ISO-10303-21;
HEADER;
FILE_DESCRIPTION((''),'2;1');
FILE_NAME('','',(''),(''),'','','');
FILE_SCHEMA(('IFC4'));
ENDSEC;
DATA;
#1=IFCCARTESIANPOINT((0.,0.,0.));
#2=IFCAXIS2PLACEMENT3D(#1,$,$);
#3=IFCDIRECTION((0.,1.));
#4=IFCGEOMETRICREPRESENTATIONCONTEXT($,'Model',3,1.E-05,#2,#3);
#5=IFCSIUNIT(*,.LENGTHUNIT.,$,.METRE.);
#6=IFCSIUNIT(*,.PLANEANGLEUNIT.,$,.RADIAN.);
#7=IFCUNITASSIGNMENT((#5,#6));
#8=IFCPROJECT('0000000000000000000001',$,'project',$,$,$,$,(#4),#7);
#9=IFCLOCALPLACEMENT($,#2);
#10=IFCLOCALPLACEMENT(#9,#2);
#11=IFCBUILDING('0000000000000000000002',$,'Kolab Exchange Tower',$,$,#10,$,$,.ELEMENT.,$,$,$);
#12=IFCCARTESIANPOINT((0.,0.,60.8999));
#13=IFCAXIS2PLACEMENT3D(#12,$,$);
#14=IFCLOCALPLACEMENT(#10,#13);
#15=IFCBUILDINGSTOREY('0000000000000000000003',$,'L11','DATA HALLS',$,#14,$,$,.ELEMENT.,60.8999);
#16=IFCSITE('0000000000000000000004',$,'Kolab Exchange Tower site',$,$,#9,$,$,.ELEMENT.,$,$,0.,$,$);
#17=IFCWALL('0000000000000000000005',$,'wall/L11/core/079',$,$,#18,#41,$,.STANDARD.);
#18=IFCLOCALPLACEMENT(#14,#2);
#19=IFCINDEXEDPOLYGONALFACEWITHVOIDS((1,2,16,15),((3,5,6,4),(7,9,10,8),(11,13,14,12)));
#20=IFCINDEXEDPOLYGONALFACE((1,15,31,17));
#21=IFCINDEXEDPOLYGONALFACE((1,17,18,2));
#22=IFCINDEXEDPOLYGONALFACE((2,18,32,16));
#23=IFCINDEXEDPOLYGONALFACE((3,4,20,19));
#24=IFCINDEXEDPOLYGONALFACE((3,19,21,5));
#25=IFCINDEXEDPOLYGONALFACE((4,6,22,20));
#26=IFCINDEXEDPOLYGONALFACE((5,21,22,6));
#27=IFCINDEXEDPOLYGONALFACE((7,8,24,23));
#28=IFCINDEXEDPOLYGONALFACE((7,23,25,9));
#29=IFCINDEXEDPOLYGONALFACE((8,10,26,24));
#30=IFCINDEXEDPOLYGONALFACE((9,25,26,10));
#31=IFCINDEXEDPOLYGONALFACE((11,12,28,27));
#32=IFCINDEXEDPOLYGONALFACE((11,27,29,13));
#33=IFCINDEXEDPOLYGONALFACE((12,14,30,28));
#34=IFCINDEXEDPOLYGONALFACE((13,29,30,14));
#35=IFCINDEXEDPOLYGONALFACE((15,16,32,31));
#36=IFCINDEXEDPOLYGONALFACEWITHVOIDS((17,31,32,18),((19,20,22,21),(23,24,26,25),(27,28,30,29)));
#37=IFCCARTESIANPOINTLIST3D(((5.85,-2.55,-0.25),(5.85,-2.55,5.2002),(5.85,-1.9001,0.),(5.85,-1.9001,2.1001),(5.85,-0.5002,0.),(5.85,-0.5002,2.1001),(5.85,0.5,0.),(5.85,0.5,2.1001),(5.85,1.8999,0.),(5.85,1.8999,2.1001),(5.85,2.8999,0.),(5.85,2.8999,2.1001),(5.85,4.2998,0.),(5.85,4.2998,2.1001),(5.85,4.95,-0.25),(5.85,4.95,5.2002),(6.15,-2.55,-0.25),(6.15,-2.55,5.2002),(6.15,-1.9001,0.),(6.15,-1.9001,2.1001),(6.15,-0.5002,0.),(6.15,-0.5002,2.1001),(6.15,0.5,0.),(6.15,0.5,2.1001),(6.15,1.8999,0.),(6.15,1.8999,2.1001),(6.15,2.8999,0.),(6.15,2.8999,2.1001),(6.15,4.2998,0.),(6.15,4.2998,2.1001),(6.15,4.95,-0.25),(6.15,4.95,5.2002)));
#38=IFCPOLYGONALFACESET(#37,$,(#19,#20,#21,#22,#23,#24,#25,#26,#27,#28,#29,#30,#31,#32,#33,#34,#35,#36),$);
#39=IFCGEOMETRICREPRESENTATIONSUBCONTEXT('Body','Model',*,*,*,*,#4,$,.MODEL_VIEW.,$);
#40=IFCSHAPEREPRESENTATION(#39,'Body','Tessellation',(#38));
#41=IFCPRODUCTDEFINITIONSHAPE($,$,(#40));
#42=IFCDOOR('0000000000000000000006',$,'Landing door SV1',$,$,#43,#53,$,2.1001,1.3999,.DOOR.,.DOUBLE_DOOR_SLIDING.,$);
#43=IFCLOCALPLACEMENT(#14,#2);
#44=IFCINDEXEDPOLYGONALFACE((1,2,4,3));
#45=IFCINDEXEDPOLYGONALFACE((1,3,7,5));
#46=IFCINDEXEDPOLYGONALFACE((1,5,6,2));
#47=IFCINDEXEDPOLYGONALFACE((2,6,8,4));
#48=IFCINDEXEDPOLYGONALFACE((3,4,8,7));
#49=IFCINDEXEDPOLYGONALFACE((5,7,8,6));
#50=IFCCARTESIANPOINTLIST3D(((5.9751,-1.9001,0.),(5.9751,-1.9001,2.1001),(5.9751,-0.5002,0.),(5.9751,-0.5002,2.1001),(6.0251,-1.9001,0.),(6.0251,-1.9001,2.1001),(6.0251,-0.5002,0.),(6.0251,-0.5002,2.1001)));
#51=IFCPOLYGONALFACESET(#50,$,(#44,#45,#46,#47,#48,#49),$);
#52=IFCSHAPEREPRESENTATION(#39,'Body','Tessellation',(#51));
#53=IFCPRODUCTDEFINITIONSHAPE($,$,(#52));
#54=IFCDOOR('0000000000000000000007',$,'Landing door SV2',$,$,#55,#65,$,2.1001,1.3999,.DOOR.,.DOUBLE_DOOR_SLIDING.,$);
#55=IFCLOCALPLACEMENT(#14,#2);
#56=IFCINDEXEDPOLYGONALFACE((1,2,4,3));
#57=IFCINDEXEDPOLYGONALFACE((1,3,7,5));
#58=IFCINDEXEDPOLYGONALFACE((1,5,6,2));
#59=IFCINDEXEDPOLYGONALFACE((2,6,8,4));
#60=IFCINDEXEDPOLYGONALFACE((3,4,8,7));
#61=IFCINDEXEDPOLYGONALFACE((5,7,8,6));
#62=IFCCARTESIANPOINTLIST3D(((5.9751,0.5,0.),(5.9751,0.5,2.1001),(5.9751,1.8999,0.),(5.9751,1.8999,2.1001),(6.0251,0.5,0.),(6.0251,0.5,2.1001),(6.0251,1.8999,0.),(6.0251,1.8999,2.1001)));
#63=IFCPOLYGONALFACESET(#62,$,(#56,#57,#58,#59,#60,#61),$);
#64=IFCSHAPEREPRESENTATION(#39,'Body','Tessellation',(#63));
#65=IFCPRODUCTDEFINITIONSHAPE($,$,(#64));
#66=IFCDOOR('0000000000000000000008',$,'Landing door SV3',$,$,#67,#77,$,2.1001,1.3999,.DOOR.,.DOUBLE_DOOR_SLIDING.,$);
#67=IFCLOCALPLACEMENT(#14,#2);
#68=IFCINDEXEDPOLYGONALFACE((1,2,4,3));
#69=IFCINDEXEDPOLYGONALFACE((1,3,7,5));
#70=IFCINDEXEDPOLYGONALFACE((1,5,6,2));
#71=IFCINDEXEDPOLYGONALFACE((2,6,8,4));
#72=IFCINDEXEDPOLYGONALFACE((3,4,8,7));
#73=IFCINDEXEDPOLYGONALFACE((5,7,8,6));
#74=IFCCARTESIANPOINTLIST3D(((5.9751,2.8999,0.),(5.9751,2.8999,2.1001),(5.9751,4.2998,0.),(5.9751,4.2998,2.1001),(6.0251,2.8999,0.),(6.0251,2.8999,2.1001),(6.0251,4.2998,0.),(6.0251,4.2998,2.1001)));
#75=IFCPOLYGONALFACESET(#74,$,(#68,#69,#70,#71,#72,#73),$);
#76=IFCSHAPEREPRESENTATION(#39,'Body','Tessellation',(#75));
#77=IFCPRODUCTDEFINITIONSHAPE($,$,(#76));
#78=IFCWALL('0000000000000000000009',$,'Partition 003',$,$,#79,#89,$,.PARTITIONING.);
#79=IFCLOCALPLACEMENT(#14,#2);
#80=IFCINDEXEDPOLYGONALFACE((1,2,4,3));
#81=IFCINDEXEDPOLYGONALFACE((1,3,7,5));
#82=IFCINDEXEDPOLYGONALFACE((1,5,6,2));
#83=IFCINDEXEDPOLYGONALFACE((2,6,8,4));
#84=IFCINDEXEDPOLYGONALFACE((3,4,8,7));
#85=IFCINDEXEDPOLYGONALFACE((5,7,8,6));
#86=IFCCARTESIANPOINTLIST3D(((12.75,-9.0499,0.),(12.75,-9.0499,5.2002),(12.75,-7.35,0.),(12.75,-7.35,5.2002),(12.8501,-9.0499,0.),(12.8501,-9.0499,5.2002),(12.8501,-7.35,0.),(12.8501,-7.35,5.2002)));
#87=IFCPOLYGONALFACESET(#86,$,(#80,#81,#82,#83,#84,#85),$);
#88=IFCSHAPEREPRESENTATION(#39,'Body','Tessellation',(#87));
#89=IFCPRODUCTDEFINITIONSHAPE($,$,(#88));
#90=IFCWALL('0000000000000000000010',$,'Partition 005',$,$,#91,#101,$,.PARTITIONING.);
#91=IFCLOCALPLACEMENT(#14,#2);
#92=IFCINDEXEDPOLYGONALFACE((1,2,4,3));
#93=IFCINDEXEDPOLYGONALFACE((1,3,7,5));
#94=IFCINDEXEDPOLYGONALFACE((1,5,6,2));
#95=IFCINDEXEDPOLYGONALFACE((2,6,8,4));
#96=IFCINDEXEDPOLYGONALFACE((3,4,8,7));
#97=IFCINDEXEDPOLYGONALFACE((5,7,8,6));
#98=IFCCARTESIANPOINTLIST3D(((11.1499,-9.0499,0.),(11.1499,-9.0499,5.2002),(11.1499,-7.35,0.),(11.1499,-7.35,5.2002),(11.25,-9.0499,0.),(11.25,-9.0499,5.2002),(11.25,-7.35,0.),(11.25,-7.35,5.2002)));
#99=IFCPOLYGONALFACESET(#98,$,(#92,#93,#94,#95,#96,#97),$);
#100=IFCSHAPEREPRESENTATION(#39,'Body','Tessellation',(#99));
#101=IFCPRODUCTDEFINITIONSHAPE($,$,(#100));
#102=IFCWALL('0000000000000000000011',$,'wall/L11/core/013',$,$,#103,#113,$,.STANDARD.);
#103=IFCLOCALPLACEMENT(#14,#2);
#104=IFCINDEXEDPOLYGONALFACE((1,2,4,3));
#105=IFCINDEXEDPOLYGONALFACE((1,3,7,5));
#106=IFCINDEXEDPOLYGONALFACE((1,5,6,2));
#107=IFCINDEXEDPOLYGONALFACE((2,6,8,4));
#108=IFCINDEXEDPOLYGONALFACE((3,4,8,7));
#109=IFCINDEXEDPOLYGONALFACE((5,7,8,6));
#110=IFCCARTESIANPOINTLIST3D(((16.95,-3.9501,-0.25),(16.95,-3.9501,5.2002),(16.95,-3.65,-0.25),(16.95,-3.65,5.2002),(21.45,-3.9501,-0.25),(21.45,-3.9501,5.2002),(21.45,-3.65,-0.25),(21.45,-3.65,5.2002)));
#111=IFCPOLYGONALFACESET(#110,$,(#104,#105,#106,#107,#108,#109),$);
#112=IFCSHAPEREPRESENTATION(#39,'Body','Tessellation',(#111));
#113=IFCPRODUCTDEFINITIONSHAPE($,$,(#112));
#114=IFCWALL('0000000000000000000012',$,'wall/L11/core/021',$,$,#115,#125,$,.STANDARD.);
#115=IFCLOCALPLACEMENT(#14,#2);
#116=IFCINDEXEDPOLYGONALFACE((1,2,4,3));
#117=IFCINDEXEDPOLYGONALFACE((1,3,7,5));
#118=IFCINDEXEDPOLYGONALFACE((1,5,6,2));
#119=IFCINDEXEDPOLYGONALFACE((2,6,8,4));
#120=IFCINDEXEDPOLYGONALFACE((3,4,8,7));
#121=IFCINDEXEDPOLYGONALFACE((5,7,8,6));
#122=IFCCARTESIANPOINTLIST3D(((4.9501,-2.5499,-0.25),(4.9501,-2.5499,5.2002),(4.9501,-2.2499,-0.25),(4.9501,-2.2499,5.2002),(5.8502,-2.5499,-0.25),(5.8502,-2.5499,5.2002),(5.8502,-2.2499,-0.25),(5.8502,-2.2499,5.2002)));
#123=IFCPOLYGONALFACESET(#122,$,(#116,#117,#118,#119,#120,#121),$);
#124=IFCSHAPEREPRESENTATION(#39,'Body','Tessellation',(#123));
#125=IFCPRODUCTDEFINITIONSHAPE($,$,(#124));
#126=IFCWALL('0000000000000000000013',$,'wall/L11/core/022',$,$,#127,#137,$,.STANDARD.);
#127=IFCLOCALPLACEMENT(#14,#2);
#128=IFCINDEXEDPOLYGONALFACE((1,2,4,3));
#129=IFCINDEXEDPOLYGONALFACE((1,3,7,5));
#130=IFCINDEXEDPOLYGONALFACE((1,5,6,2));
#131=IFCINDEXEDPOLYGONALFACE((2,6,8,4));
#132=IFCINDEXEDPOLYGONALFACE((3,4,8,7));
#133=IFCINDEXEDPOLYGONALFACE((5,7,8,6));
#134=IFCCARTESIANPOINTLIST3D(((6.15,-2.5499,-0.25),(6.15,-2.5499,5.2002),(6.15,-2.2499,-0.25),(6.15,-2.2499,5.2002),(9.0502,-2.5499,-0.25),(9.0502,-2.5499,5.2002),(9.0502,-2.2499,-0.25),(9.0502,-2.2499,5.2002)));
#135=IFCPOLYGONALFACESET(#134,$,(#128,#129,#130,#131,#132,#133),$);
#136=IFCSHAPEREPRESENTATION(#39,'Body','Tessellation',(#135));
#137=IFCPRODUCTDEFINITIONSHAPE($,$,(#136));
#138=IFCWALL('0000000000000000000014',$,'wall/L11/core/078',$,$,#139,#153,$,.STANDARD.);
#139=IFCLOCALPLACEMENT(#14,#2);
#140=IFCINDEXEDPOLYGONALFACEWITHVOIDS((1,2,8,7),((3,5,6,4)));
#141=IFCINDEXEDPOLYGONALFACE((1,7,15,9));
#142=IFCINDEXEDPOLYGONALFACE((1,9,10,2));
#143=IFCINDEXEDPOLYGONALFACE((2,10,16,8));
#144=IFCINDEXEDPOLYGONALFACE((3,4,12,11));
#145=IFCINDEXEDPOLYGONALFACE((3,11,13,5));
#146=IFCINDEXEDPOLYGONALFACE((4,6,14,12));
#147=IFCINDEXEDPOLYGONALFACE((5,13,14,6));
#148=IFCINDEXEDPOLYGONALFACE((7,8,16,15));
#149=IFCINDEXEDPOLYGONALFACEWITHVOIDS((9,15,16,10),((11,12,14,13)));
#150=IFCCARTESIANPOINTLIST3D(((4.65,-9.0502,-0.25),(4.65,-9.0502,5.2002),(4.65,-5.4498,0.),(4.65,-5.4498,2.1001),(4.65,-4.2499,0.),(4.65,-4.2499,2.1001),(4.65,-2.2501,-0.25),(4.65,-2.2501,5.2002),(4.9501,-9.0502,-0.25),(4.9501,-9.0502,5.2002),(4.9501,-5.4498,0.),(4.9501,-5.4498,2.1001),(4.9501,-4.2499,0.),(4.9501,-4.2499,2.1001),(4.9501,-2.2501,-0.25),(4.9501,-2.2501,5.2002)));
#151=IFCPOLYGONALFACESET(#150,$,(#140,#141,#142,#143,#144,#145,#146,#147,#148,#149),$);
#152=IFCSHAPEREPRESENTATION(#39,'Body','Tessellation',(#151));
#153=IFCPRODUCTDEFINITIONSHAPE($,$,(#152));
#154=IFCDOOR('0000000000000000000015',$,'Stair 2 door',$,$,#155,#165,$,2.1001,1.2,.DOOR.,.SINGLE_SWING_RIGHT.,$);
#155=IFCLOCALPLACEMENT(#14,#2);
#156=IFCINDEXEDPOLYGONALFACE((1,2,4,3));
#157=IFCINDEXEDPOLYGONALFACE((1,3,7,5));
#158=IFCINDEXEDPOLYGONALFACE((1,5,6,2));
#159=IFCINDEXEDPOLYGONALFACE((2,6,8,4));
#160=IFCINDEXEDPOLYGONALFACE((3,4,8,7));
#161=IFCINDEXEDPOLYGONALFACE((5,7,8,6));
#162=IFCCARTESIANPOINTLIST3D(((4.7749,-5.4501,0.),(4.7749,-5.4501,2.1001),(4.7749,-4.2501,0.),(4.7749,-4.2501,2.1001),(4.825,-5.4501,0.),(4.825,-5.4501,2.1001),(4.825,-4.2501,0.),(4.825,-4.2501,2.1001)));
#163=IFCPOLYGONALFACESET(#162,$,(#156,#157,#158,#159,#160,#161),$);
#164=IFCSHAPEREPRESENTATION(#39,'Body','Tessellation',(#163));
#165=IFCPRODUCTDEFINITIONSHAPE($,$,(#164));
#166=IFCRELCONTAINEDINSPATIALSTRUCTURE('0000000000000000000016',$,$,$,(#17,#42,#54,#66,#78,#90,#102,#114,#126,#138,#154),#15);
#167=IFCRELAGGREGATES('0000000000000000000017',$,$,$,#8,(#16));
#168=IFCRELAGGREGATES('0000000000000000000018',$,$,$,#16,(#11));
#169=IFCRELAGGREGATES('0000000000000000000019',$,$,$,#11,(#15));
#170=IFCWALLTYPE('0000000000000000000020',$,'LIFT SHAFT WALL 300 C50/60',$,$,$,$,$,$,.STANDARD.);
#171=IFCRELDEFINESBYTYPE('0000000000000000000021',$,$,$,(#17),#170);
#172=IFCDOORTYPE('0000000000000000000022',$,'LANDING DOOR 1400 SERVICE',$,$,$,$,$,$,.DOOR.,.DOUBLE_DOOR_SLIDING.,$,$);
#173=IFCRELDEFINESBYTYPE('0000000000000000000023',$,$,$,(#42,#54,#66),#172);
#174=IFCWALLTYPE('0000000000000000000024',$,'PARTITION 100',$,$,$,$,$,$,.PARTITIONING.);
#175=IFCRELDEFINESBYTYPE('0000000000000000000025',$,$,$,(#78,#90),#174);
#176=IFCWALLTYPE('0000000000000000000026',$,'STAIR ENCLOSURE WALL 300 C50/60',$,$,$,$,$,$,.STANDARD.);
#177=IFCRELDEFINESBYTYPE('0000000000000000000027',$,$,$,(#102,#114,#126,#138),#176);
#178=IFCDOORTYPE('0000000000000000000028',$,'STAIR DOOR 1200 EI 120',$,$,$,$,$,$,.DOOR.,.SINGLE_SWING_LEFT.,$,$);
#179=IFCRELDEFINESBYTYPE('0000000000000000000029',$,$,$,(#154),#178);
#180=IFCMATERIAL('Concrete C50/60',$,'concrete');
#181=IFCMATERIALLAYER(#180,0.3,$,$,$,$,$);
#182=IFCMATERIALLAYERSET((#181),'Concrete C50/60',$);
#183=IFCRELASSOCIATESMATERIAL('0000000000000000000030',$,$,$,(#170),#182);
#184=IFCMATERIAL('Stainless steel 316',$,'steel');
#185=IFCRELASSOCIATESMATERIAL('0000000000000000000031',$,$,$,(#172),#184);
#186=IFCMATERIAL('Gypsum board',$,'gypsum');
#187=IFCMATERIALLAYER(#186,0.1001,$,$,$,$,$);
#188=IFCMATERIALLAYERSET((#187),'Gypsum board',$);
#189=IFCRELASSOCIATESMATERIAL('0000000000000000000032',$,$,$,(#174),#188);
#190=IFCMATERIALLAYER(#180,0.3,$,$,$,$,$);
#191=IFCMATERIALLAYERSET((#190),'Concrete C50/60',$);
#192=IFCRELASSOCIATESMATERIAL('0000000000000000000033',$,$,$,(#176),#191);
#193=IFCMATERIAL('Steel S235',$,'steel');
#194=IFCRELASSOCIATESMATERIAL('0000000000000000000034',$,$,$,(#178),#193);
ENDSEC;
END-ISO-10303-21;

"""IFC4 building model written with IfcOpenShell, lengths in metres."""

from ifc_helpers import new_model, si_unit, direction, frame, frame_2d, origin, place, context, subcontext, project, spatial, rectangle, extrude, material, layer, layer_set, type_object, element, fill, save


model = new_model("IFC4")

# Units and contexts
model_context = context("Model", 3, precision=1e-05, world=origin(), true_north=direction((0.0, 1.0)))
body_context = subcontext(model_context, "Body", "Model", "MODEL_VIEW")
ifc_project = project(units=[si_unit("LENGTHUNIT", "METRE"), si_unit("PLANEANGLEUNIT", "RADIAN")], contexts=[model_context])

# Site, building, storey
site_placement = place(None, origin())
site = spatial("IfcSite", under=ifc_project, at=site_placement, Name="Kolab Exchange Tower site", CompositionType="ELEMENT", RefElevation=0.0)
building_placement = place(site_placement, origin())
building = spatial("IfcBuilding", under=site, at=building_placement, Name="Kolab Exchange Tower", CompositionType="ELEMENT")
storey_placement = place(building_placement, frame((0.0, 0.0, 60.8999)))
storey = spatial("IfcBuildingStorey", under=building, at=storey_placement, Name="L11", Description="DATA HALLS", CompositionType="ELEMENT", Elevation=60.8999)

# Shared definitions
ifc_material_1 = material(Name="Concrete C50/60", Category="concrete")
ifc_layer_1 = layer(ifc_material_1, 0.3)
ifc_layer_set_1 = layer_set([ifc_layer_1], Name="Concrete C50/60")
wall_type_1 = type_object("IfcWallType", Name="LIFT SHAFT WALL 300 C50/60", PredefinedType="STANDARD", material=ifc_layer_set_1)

# Shared definitions
ifc_material_2 = material(Name="Steel S235", Category="steel")

# Wall, openings, doors
wall_1_placement = place(storey_placement, frame((6.0, -2.55, -0.25), z_axis=(0.0, 0.0, 1.0), x_axis=(0.0, 1.0, 0.0)))
wall_1 = element("IfcWall", 1, at=wall_1_placement, inside=storey, type_object=wall_type_1, Name="wall/L11/core/079", PredefinedType="STANDARD", context=body_context, shape_type="SweptSolid", body=[
    extrude(rectangle(XDim=7.5, YDim=0.3, at=frame_2d((3.75, 0.0))), origin(), (0.0, 0.0, 1.0), 5.4502),
])
opening_1_placement = place(wall_1_placement, frame((0.6499, 0.0, 0.25)))
opening_1 = element("IfcOpeningElement", 2, at=opening_1_placement, cuts=wall_1, PredefinedType="OPENING", context=body_context, shape_type="SweptSolid", body=[
    extrude(rectangle(XDim=1.3999, YDim=2.1001, at=frame_2d((0.7, 1.05))), frame((0.0, 0.1602, 0.0), z_axis=(0.0, -1.0, 0.0), x_axis=(1.0, 0.0, 0.0)), (0.0, 0.0, 1.0), 0.3201),
])
opening_2_placement = place(wall_1_placement, frame((3.05, 0.0, 0.25)))
opening_2 = element("IfcOpeningElement", 3, at=opening_2_placement, cuts=wall_1, PredefinedType="OPENING", context=body_context, shape_type="SweptSolid", body=[
    extrude(rectangle(XDim=1.3999, YDim=2.1001, at=frame_2d((0.7, 1.05))), frame((0.0, 0.1602, 0.0), z_axis=(0.0, -1.0, 0.0), x_axis=(1.0, 0.0, 0.0)), (0.0, 0.0, 1.0), 0.3201),
])
opening_3_placement = place(wall_1_placement, frame((5.45, 0.0, 0.25)))
opening_3 = element("IfcOpeningElement", 4, at=opening_3_placement, cuts=wall_1, PredefinedType="OPENING", context=body_context, shape_type="SweptSolid", body=[
    extrude(rectangle(XDim=1.3999, YDim=2.1001, at=frame_2d((0.7, 1.05))), frame((0.0, 0.1602, 0.0), z_axis=(0.0, -1.0, 0.0), x_axis=(1.0, 0.0, 0.0)), (0.0, 0.0, 1.0), 0.3201),
])
ifc_material_3 = material(Name="Stainless steel 316", Category="steel")
door_type_1 = type_object("IfcDoorType", Name="LANDING DOOR 1400 SERVICE", OperationType="DOUBLE_DOOR_SLIDING", PredefinedType="DOOR", material=ifc_material_3)
door_1_placement = place(opening_1_placement, origin())
door_1 = element("IfcDoor", 5, at=door_1_placement, inside=storey, type_object=door_type_1, Name="Landing door SV1", OperationType="DOUBLE_DOOR_SLIDING", OverallHeight=2.1001, OverallWidth=1.3999, PredefinedType="DOOR", context=body_context, shape_type="SweptSolid", body=[
    extrude(rectangle(XDim=1.3999, YDim=2.1001, at=frame_2d((0.7, 1.05))), frame((0.0, 0.0249, 0.0), z_axis=(0.0, -1.0, 0.0), x_axis=(1.0, 0.0, 0.0)), (0.0, 0.0, 1.0), 0.05),
])
fill(opening_1, door_1)
door_2_placement = place(opening_2_placement, origin())
door_2 = element("IfcDoor", 6, at=door_2_placement, inside=storey, type_object=door_type_1, Name="Landing door SV2", OperationType="DOUBLE_DOOR_SLIDING", OverallHeight=2.1001, OverallWidth=1.3999, PredefinedType="DOOR", context=body_context, shape_type="SweptSolid", body=[
    extrude(rectangle(XDim=1.3999, YDim=2.1001, at=frame_2d((0.7, 1.05))), frame((0.0, 0.0249, 0.0), z_axis=(0.0, -1.0, 0.0), x_axis=(1.0, 0.0, 0.0)), (0.0, 0.0, 1.0), 0.05),
])
fill(opening_2, door_2)
door_3_placement = place(opening_3_placement, origin())
door_3 = element("IfcDoor", 7, at=door_3_placement, inside=storey, type_object=door_type_1, Name="Landing door SV3", OperationType="DOUBLE_DOOR_SLIDING", OverallHeight=2.1001, OverallWidth=1.3999, PredefinedType="DOOR", context=body_context, shape_type="SweptSolid", body=[
    extrude(rectangle(XDim=1.3999, YDim=2.1001, at=frame_2d((0.7, 1.05))), frame((0.0, 0.0249, 0.0), z_axis=(0.0, -1.0, 0.0), x_axis=(1.0, 0.0, 0.0)), (0.0, 0.0, 1.0), 0.05),
])
fill(opening_3, door_3)

# Walls
ifc_material_4 = material(Name="Gypsum board", Category="gypsum")
ifc_layer_2 = layer(ifc_material_4, 0.1001)
ifc_layer_set_2 = layer_set([ifc_layer_2], Name="Gypsum board")
wall_type_2 = type_object("IfcWallType", Name="PARTITION 100", PredefinedType="PARTITIONING", material=ifc_layer_set_2)
for number, where, z_axis, x_axis, name in (
    (8, (12.8, -9.05, 0.0), (0.0, 0.0, 1.0), (0.0, 1.0, 0.0), "Partition 003"),
    (9, (11.2, -9.05, 0.0), (0.0, 0.0, 1.0), (0.0, 1.0, 0.0), "Partition 005"),
):
    element("IfcWall", number, at=place(storey_placement, frame(where, z_axis=z_axis, x_axis=x_axis)), inside=storey, type_object=wall_type_2, Name=name, PredefinedType="PARTITIONING", context=body_context, shape_type="SweptSolid", body=[
        extrude(rectangle(XDim=1.7, YDim=0.1001, at=frame_2d((0.8501, 0.0))), origin(), (0.0, 0.0, 1.0), 5.2002),
    ])
ifc_layer_3 = layer(ifc_material_1, 0.3)
ifc_layer_set_3 = layer_set([ifc_layer_3], Name="Concrete C50/60")
wall_type_3 = type_object("IfcWallType", Name="STAIR ENCLOSURE WALL 300 C50/60", PredefinedType="STANDARD", material=ifc_layer_set_3)
wall_2_placement = place(storey_placement, frame((16.95, -3.8, -0.25), z_axis=(0.0, 0.0, 1.0), x_axis=(1.0, 0.0, 0.0)))
element("IfcWall", 10, at=wall_2_placement, inside=storey, type_object=wall_type_3, Name="wall/L11/core/013", PredefinedType="STANDARD", context=body_context, shape_type="SweptSolid", body=[
    extrude(rectangle(XDim=4.5, YDim=0.3, at=frame_2d((2.25, 0.0))), origin(), (0.0, 0.0, 1.0), 5.4502),
])
wall_3_placement = place(storey_placement, frame((4.95, -2.3999, -0.25), z_axis=(0.0, 0.0, 1.0), x_axis=(1.0, 0.0, 0.0)))
element("IfcWall", 11, at=wall_3_placement, inside=storey, type_object=wall_type_3, Name="wall/L11/core/021", PredefinedType="STANDARD", context=body_context, shape_type="SweptSolid", body=[
    extrude(rectangle(XDim=0.9001, YDim=0.3, at=frame_2d((0.4502, 0.0))), origin(), (0.0, 0.0, 1.0), 5.4502),
])
wall_4_placement = place(storey_placement, frame((6.1499, -2.3999, -0.25), z_axis=(0.0, 0.0, 1.0), x_axis=(1.0, 0.0, 0.0)))
element("IfcWall", 12, at=wall_4_placement, inside=storey, type_object=wall_type_3, Name="wall/L11/core/022", PredefinedType="STANDARD", context=body_context, shape_type="SweptSolid", body=[
    extrude(rectangle(XDim=2.9001, YDim=0.3, at=frame_2d((1.4502, 0.0))), origin(), (0.0, 0.0, 1.0), 5.4502),
])

# Wall, opening, door
wall_5_placement = place(storey_placement, frame((4.8, -9.05, -0.25), z_axis=(0.0, 0.0, 1.0), x_axis=(0.0, 1.0, 0.0)))
wall_5 = element("IfcWall", 13, at=wall_5_placement, inside=storey, type_object=wall_type_3, Name="wall/L11/core/078", PredefinedType="STANDARD", context=body_context, shape_type="SweptSolid", body=[
    extrude(rectangle(XDim=6.8, YDim=0.3, at=frame_2d((3.3999, 0.0))), origin(), (0.0, 0.0, 1.0), 5.4502),
])
opening_4_placement = place(wall_5_placement, frame((3.6001, 0.0, 0.25)))
opening_4 = element("IfcOpeningElement", 14, at=opening_4_placement, cuts=wall_5, PredefinedType="OPENING", context=body_context, shape_type="SweptSolid", body=[
    extrude(rectangle(XDim=1.2, YDim=2.1001, at=frame_2d((0.6001, 1.05))), frame((0.0, 0.1602, 0.0), z_axis=(0.0, -1.0, 0.0), x_axis=(1.0, 0.0, 0.0)), (0.0, 0.0, 1.0), 0.3201),
])
door_type_2 = type_object("IfcDoorType", Name="STAIR DOOR 1200 EI 120", OperationType="SINGLE_SWING_LEFT", PredefinedType="DOOR", material=ifc_material_2)
door_4_placement = place(opening_4_placement, frame((1.2, 0.0, 0.0), z_axis=(0.0, 0.0, 1.0), x_axis=(-1.0, 0.0, 0.0)))
door_4 = element("IfcDoor", 15, at=door_4_placement, inside=storey, type_object=door_type_2, Name="Stair 2 door", OperationType="SINGLE_SWING_RIGHT", OverallHeight=2.1001, OverallWidth=1.2, PredefinedType="DOOR", context=body_context, shape_type="SweptSolid", body=[
    extrude(rectangle(XDim=1.2, YDim=2.1001, at=frame_2d((0.6001, 1.05))), frame((0.0, 0.0249, 0.0), z_axis=(0.0, -1.0, 0.0), x_axis=(1.0, 0.0, 0.0)), (0.0, 0.0, 1.0), 0.05),
])
fill(opening_4, door_4)

save(model, "model.ifc")
